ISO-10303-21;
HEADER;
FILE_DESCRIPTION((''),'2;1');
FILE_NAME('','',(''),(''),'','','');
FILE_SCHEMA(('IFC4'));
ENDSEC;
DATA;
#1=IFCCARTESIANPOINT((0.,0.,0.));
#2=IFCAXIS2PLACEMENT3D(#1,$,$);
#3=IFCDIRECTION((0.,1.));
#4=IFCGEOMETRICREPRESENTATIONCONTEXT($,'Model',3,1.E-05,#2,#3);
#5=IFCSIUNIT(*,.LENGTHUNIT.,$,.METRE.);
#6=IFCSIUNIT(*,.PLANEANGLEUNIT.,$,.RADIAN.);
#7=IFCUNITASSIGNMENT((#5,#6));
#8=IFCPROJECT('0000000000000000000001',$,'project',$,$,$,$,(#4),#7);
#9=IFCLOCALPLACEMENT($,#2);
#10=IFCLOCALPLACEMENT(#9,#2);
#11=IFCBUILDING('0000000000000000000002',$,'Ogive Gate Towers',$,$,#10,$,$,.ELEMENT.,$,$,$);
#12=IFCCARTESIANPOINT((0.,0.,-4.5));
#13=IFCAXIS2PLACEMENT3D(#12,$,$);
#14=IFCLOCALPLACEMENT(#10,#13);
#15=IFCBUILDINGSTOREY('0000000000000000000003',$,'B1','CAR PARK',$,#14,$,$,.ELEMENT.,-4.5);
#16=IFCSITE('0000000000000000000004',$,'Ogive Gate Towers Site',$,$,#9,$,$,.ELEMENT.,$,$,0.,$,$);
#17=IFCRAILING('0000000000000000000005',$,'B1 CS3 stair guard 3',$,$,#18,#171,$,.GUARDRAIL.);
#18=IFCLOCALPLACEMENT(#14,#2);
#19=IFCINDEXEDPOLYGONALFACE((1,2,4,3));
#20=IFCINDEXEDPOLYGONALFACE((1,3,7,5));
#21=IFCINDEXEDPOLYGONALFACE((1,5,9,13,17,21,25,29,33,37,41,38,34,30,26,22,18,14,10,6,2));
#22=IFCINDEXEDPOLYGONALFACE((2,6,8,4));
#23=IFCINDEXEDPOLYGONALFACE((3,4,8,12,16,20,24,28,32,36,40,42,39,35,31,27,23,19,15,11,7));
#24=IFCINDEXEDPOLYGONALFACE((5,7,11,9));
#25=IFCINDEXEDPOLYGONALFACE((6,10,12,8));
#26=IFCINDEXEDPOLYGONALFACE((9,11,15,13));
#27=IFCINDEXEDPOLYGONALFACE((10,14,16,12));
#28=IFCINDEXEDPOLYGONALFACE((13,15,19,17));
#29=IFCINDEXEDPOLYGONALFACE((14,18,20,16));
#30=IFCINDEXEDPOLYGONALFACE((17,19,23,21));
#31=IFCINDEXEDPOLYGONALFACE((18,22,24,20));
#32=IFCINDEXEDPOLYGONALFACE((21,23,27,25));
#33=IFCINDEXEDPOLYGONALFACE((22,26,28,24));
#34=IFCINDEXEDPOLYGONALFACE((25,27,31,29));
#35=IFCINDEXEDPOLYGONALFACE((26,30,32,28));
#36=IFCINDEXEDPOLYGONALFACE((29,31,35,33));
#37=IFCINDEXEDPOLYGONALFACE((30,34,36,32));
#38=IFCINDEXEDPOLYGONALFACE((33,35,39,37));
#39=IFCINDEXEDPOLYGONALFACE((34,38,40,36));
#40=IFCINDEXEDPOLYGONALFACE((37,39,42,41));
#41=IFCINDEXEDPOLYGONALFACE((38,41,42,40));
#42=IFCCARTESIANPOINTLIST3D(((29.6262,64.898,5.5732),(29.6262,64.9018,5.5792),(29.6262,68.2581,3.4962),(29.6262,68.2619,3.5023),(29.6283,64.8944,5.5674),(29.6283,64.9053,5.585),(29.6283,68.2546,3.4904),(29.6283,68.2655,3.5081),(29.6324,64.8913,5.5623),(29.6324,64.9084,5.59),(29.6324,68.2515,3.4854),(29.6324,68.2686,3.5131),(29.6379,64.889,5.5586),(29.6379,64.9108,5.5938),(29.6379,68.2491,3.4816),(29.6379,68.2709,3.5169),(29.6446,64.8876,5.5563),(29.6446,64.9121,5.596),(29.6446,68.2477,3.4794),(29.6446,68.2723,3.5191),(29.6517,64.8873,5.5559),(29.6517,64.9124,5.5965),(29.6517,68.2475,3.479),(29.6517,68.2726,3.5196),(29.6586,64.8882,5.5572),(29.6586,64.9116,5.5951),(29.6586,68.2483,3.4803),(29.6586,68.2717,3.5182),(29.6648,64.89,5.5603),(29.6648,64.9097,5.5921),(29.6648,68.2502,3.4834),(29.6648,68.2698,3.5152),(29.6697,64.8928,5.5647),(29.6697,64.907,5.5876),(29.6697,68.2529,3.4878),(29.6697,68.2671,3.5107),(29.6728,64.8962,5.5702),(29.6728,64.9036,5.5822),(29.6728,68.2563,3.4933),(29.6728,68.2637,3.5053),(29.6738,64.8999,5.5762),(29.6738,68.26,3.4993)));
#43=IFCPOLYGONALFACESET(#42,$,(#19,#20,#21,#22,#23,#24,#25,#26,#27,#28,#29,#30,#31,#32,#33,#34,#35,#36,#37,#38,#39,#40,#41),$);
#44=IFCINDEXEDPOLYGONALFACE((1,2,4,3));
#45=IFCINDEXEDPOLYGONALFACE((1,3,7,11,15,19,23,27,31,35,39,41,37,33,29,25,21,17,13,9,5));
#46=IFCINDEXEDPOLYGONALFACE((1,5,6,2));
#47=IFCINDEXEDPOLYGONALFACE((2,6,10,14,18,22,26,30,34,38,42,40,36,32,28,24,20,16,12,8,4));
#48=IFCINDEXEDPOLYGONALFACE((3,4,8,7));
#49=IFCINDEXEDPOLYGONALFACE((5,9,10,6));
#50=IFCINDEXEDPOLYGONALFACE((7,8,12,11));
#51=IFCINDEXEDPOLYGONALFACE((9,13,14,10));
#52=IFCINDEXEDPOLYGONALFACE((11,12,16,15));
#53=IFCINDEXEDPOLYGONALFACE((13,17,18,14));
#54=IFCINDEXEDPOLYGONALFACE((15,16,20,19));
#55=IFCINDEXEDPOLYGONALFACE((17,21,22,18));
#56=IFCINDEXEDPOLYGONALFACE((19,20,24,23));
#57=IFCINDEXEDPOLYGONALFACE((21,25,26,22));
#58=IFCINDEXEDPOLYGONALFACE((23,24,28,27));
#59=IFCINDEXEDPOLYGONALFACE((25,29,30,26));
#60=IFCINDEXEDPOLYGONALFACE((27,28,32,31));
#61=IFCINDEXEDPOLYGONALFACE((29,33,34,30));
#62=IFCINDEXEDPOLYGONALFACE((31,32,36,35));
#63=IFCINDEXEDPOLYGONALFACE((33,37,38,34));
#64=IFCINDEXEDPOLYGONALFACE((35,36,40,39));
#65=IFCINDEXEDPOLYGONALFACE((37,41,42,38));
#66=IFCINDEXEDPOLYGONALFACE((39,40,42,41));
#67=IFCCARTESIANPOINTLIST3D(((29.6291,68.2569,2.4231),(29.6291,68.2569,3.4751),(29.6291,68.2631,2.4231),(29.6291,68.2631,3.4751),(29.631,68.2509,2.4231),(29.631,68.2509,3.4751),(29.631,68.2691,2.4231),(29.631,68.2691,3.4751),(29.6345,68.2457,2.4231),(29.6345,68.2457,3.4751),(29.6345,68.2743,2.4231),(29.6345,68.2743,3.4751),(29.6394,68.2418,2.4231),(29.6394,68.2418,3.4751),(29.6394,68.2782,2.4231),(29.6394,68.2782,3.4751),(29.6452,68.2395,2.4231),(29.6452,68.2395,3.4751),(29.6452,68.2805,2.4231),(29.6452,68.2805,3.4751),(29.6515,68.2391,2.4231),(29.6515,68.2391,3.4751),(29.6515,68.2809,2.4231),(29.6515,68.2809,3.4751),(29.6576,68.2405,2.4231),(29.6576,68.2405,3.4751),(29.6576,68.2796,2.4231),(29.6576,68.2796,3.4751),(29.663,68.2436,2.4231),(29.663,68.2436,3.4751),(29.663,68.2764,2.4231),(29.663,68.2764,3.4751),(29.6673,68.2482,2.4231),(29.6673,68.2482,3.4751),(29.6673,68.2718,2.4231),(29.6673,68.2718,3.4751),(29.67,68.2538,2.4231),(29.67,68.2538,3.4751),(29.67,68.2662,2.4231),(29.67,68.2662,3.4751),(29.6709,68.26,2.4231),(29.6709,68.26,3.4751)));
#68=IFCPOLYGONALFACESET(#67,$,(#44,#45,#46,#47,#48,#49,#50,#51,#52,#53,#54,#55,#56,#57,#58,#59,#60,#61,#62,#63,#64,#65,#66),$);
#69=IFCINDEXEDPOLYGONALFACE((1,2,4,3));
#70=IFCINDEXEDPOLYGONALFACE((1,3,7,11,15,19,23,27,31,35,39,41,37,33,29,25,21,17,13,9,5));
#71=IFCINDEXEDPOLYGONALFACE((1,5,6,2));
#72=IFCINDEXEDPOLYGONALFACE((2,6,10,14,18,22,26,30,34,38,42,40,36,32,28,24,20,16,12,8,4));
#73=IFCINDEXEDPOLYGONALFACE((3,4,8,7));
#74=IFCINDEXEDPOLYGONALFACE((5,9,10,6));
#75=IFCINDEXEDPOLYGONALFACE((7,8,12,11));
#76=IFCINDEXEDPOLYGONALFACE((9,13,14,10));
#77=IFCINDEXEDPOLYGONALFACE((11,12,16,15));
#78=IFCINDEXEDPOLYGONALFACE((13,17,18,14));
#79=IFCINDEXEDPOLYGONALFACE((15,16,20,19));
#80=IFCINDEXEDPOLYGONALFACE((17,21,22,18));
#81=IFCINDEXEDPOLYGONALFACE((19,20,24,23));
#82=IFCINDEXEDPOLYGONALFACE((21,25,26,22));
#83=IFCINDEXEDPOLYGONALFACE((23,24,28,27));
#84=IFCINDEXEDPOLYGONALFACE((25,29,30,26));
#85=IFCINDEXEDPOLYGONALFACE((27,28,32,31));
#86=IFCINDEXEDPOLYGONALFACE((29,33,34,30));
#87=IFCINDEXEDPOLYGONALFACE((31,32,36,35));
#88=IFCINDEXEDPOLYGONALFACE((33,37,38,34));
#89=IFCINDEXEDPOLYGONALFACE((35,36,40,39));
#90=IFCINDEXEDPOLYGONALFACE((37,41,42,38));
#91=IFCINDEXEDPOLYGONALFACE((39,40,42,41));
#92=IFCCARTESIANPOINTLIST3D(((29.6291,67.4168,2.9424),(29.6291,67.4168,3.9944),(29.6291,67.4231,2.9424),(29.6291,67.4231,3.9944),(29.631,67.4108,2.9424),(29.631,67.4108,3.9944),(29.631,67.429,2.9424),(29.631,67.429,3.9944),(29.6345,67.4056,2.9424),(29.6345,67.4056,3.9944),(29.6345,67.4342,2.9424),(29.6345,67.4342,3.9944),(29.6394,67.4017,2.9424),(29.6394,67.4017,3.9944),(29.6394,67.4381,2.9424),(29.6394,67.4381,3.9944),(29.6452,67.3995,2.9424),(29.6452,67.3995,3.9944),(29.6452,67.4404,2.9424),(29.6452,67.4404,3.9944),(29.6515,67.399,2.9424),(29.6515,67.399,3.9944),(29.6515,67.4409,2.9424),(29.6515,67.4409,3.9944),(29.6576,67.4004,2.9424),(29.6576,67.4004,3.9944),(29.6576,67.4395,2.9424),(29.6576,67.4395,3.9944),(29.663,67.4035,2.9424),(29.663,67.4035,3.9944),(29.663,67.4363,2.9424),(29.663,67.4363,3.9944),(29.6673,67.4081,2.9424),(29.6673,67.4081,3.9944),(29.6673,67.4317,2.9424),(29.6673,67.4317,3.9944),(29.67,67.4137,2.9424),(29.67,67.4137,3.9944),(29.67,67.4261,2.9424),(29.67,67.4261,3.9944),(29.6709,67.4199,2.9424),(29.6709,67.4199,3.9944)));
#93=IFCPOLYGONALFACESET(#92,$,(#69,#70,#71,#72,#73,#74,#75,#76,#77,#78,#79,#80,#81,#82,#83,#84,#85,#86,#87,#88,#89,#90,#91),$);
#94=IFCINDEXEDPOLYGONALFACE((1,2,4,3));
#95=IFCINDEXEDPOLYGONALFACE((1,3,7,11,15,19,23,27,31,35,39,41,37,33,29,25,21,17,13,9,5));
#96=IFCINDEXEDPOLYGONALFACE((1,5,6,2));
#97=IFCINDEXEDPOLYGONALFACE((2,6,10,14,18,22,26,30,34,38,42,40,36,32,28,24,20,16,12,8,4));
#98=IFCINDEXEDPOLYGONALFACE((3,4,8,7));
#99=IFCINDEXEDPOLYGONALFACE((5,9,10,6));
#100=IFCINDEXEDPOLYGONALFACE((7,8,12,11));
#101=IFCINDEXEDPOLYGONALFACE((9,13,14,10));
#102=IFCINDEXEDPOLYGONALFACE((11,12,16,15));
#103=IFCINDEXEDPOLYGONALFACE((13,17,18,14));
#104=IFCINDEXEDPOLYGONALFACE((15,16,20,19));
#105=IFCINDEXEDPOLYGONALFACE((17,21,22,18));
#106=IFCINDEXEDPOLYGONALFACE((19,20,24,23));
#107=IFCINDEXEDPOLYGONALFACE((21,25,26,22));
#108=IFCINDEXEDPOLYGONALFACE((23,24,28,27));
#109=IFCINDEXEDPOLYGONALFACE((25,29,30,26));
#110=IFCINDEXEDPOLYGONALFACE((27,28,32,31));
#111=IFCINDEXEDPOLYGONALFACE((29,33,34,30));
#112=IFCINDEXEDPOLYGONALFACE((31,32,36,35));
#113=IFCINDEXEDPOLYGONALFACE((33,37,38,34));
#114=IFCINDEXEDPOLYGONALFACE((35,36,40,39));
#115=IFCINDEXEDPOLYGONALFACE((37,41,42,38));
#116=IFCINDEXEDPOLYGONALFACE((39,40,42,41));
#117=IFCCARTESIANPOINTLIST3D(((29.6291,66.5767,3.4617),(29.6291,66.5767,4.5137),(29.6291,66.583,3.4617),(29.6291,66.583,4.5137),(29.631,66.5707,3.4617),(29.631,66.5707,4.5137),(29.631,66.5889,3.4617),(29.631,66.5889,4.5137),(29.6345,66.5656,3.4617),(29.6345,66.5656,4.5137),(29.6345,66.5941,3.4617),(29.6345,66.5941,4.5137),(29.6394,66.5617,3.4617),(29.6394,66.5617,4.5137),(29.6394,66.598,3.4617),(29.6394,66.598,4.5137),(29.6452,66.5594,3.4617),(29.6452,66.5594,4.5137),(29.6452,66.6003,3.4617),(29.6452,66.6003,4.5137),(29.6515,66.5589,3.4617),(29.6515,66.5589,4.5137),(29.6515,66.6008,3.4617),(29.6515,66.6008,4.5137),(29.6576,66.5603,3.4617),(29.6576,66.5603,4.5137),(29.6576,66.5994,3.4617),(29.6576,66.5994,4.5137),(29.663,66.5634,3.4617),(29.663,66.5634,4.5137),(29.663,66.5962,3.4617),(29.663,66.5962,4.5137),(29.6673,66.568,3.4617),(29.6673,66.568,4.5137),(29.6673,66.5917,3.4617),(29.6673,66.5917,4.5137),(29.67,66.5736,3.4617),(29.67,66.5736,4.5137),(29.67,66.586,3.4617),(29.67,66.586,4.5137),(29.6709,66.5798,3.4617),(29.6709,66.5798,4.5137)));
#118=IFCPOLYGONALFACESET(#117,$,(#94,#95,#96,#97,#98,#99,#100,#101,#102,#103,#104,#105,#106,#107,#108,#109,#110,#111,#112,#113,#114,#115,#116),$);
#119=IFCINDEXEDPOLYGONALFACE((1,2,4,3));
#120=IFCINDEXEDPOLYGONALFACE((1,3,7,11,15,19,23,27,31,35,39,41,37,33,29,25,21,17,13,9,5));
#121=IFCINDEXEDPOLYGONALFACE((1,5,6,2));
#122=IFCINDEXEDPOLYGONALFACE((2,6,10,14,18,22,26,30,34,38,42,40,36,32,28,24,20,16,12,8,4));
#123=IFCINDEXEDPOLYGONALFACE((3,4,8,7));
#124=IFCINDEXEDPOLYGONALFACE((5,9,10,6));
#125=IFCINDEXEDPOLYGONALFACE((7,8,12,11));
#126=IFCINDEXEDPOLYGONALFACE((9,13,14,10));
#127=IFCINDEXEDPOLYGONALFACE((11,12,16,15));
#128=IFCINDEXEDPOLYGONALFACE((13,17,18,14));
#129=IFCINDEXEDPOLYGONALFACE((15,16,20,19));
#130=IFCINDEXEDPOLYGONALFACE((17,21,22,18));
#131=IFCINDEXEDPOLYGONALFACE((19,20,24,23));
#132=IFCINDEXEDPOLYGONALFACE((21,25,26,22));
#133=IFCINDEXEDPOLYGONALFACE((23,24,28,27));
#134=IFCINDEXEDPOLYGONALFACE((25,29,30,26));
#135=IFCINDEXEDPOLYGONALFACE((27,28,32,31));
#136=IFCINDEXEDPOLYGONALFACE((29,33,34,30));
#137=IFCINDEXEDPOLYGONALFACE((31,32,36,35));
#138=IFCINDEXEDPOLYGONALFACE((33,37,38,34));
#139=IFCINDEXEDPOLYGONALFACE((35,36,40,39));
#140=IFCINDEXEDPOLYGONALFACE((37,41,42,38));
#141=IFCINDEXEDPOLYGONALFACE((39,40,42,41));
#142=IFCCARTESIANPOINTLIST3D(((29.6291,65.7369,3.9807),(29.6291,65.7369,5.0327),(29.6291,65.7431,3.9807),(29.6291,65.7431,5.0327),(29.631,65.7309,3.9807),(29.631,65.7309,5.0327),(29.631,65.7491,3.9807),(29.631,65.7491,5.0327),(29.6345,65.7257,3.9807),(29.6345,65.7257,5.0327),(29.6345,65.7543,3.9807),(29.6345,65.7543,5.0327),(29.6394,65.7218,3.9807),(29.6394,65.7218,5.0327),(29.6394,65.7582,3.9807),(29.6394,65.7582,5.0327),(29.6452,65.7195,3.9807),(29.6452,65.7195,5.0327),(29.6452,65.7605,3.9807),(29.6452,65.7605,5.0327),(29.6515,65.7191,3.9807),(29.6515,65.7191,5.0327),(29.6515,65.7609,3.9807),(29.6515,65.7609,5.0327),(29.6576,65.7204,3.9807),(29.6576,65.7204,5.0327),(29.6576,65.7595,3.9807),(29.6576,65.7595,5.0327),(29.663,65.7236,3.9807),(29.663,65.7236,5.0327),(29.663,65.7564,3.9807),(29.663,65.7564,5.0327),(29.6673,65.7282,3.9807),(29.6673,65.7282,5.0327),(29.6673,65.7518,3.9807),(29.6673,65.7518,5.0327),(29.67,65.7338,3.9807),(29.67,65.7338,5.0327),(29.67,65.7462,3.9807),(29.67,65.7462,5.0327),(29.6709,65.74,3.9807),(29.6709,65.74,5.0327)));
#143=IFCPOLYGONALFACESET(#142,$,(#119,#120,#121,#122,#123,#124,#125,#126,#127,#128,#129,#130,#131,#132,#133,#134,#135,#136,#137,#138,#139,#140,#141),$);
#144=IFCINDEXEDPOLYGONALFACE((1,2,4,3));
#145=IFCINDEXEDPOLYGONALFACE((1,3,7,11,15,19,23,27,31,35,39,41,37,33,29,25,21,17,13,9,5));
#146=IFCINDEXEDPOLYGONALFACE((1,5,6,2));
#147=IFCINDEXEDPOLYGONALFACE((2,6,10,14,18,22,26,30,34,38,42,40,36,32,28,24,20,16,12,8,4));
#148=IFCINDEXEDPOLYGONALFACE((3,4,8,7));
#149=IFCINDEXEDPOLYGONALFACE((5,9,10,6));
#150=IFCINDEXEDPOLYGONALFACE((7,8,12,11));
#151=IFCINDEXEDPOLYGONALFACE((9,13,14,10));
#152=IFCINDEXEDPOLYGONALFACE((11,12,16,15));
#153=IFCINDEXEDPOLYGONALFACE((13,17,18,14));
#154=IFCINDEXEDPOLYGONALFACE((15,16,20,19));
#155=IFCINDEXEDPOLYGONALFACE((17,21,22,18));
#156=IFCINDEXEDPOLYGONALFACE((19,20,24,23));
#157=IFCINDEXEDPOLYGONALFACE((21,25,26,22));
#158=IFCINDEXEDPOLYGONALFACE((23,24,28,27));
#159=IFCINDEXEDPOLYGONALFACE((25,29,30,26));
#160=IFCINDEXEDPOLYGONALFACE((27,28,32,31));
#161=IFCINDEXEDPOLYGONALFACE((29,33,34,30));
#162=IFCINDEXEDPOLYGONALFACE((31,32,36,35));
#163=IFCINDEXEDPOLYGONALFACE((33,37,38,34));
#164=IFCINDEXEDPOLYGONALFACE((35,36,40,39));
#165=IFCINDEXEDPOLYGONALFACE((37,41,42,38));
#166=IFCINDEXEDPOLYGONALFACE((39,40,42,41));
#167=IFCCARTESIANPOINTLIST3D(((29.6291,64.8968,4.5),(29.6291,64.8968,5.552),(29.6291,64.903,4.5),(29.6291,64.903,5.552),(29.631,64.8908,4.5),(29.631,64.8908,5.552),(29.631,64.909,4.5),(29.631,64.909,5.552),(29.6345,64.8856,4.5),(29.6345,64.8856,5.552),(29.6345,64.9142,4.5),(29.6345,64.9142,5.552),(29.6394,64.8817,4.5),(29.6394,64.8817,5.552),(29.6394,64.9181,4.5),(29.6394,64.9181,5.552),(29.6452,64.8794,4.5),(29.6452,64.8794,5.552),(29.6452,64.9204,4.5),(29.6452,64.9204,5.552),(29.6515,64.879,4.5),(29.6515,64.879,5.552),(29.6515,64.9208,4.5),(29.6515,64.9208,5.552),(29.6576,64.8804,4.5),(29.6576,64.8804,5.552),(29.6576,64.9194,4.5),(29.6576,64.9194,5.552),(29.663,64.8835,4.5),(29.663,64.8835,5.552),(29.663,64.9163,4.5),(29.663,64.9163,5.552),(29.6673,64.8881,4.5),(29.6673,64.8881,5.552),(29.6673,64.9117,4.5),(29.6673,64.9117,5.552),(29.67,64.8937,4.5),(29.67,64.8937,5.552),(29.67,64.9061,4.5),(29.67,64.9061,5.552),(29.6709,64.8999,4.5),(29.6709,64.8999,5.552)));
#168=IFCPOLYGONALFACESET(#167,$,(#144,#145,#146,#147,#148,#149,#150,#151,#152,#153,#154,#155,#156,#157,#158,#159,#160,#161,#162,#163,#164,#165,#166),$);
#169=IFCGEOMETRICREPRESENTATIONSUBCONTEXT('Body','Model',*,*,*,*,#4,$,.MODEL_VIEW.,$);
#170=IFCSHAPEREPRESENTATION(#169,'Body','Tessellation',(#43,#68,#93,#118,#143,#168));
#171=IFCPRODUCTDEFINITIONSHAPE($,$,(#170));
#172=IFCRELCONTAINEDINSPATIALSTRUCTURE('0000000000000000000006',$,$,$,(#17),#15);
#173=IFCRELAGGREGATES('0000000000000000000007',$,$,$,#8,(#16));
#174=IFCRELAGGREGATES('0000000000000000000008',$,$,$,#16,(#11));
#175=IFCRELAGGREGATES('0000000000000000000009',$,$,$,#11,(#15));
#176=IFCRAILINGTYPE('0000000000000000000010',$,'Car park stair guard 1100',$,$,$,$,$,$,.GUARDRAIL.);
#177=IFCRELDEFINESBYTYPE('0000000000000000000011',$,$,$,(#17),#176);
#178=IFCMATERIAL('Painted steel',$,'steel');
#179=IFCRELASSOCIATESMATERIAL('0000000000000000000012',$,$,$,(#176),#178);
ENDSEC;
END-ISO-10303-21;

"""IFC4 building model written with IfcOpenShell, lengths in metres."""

from ifc_helpers import new_model, si_unit, direction, frame, origin, origin_2d, place, context, subcontext, project, spatial, circle, extrude, material, type_object, element, save


model = new_model("IFC4")

# Units and contexts
model_context = context("Model", 3, precision=1e-05, world=origin(), true_north=direction((0.0, 1.0)))
body_context = subcontext(model_context, "Body", "Model", "MODEL_VIEW")
ifc_project = project(units=[si_unit("LENGTHUNIT", "METRE"), si_unit("PLANEANGLEUNIT", "RADIAN")], contexts=[model_context])

# Site, building, storey
site_placement = place(None, origin())
site = spatial("IfcSite", under=ifc_project, at=site_placement, Name="Ogive Gate Towers Site", CompositionType="ELEMENT", RefElevation=0.0)
building_placement = place(site_placement, origin())
building = spatial("IfcBuilding", under=site, at=building_placement, Name="Ogive Gate Towers", CompositionType="ELEMENT")
storey_placement = place(building_placement, frame((0.0, 0.0, -4.5)))
storey = spatial("IfcBuildingStorey", under=building, at=storey_placement, Name="B1", Description="CAR PARK", CompositionType="ELEMENT", Elevation=-4.5)

# Railing
ifc_material_1 = material(Name="Painted steel", Category="steel")
railing_type_1 = type_object("IfcRailingType", Name="Car park stair guard 1100", PredefinedType="GUARDRAIL", material=ifc_material_1)
railing_1_placement = place(storey_placement, frame((29.6499, 68.26, 2.4231)))
element("IfcRailing", 1, at=railing_1_placement, inside=storey, type_object=railing_type_1, Name="B1 CS3 stair guard 3", PredefinedType="GUARDRAIL", context=body_context, shape_type="SweptSolid", body=[
    extrude(circle(Radius=0.0239, at=origin_2d()), frame((0.0, 0.0, 1.0762), z_axis=(0.0, -0.850623, 0.525776), x_axis=(1.0, 0.0, 0.0)), (0.0, 0.0, 1.0), 3.9502),
    extrude(circle(Radius=0.021, at=origin_2d()), origin(), (0.0, 0.0, 1.0), 1.052),
    extrude(circle(Radius=0.021, at=origin_2d()), frame((0.0, -0.8401, 0.5193)), (0.0, 0.0, 1.0), 1.052),
    extrude(circle(Radius=0.021, at=origin_2d()), frame((0.0, -1.6802, 1.0386)), (0.0, 0.0, 1.0), 1.052),
    extrude(circle(Radius=0.021, at=origin_2d()), frame((0.0, -2.52, 1.5576)), (0.0, 0.0, 1.0), 1.052),
    extrude(circle(Radius=0.021, at=origin_2d()), frame((0.0, -3.3601, 2.0769)), (0.0, 0.0, 1.0), 1.052),
])

save(model, "model.ifc")
